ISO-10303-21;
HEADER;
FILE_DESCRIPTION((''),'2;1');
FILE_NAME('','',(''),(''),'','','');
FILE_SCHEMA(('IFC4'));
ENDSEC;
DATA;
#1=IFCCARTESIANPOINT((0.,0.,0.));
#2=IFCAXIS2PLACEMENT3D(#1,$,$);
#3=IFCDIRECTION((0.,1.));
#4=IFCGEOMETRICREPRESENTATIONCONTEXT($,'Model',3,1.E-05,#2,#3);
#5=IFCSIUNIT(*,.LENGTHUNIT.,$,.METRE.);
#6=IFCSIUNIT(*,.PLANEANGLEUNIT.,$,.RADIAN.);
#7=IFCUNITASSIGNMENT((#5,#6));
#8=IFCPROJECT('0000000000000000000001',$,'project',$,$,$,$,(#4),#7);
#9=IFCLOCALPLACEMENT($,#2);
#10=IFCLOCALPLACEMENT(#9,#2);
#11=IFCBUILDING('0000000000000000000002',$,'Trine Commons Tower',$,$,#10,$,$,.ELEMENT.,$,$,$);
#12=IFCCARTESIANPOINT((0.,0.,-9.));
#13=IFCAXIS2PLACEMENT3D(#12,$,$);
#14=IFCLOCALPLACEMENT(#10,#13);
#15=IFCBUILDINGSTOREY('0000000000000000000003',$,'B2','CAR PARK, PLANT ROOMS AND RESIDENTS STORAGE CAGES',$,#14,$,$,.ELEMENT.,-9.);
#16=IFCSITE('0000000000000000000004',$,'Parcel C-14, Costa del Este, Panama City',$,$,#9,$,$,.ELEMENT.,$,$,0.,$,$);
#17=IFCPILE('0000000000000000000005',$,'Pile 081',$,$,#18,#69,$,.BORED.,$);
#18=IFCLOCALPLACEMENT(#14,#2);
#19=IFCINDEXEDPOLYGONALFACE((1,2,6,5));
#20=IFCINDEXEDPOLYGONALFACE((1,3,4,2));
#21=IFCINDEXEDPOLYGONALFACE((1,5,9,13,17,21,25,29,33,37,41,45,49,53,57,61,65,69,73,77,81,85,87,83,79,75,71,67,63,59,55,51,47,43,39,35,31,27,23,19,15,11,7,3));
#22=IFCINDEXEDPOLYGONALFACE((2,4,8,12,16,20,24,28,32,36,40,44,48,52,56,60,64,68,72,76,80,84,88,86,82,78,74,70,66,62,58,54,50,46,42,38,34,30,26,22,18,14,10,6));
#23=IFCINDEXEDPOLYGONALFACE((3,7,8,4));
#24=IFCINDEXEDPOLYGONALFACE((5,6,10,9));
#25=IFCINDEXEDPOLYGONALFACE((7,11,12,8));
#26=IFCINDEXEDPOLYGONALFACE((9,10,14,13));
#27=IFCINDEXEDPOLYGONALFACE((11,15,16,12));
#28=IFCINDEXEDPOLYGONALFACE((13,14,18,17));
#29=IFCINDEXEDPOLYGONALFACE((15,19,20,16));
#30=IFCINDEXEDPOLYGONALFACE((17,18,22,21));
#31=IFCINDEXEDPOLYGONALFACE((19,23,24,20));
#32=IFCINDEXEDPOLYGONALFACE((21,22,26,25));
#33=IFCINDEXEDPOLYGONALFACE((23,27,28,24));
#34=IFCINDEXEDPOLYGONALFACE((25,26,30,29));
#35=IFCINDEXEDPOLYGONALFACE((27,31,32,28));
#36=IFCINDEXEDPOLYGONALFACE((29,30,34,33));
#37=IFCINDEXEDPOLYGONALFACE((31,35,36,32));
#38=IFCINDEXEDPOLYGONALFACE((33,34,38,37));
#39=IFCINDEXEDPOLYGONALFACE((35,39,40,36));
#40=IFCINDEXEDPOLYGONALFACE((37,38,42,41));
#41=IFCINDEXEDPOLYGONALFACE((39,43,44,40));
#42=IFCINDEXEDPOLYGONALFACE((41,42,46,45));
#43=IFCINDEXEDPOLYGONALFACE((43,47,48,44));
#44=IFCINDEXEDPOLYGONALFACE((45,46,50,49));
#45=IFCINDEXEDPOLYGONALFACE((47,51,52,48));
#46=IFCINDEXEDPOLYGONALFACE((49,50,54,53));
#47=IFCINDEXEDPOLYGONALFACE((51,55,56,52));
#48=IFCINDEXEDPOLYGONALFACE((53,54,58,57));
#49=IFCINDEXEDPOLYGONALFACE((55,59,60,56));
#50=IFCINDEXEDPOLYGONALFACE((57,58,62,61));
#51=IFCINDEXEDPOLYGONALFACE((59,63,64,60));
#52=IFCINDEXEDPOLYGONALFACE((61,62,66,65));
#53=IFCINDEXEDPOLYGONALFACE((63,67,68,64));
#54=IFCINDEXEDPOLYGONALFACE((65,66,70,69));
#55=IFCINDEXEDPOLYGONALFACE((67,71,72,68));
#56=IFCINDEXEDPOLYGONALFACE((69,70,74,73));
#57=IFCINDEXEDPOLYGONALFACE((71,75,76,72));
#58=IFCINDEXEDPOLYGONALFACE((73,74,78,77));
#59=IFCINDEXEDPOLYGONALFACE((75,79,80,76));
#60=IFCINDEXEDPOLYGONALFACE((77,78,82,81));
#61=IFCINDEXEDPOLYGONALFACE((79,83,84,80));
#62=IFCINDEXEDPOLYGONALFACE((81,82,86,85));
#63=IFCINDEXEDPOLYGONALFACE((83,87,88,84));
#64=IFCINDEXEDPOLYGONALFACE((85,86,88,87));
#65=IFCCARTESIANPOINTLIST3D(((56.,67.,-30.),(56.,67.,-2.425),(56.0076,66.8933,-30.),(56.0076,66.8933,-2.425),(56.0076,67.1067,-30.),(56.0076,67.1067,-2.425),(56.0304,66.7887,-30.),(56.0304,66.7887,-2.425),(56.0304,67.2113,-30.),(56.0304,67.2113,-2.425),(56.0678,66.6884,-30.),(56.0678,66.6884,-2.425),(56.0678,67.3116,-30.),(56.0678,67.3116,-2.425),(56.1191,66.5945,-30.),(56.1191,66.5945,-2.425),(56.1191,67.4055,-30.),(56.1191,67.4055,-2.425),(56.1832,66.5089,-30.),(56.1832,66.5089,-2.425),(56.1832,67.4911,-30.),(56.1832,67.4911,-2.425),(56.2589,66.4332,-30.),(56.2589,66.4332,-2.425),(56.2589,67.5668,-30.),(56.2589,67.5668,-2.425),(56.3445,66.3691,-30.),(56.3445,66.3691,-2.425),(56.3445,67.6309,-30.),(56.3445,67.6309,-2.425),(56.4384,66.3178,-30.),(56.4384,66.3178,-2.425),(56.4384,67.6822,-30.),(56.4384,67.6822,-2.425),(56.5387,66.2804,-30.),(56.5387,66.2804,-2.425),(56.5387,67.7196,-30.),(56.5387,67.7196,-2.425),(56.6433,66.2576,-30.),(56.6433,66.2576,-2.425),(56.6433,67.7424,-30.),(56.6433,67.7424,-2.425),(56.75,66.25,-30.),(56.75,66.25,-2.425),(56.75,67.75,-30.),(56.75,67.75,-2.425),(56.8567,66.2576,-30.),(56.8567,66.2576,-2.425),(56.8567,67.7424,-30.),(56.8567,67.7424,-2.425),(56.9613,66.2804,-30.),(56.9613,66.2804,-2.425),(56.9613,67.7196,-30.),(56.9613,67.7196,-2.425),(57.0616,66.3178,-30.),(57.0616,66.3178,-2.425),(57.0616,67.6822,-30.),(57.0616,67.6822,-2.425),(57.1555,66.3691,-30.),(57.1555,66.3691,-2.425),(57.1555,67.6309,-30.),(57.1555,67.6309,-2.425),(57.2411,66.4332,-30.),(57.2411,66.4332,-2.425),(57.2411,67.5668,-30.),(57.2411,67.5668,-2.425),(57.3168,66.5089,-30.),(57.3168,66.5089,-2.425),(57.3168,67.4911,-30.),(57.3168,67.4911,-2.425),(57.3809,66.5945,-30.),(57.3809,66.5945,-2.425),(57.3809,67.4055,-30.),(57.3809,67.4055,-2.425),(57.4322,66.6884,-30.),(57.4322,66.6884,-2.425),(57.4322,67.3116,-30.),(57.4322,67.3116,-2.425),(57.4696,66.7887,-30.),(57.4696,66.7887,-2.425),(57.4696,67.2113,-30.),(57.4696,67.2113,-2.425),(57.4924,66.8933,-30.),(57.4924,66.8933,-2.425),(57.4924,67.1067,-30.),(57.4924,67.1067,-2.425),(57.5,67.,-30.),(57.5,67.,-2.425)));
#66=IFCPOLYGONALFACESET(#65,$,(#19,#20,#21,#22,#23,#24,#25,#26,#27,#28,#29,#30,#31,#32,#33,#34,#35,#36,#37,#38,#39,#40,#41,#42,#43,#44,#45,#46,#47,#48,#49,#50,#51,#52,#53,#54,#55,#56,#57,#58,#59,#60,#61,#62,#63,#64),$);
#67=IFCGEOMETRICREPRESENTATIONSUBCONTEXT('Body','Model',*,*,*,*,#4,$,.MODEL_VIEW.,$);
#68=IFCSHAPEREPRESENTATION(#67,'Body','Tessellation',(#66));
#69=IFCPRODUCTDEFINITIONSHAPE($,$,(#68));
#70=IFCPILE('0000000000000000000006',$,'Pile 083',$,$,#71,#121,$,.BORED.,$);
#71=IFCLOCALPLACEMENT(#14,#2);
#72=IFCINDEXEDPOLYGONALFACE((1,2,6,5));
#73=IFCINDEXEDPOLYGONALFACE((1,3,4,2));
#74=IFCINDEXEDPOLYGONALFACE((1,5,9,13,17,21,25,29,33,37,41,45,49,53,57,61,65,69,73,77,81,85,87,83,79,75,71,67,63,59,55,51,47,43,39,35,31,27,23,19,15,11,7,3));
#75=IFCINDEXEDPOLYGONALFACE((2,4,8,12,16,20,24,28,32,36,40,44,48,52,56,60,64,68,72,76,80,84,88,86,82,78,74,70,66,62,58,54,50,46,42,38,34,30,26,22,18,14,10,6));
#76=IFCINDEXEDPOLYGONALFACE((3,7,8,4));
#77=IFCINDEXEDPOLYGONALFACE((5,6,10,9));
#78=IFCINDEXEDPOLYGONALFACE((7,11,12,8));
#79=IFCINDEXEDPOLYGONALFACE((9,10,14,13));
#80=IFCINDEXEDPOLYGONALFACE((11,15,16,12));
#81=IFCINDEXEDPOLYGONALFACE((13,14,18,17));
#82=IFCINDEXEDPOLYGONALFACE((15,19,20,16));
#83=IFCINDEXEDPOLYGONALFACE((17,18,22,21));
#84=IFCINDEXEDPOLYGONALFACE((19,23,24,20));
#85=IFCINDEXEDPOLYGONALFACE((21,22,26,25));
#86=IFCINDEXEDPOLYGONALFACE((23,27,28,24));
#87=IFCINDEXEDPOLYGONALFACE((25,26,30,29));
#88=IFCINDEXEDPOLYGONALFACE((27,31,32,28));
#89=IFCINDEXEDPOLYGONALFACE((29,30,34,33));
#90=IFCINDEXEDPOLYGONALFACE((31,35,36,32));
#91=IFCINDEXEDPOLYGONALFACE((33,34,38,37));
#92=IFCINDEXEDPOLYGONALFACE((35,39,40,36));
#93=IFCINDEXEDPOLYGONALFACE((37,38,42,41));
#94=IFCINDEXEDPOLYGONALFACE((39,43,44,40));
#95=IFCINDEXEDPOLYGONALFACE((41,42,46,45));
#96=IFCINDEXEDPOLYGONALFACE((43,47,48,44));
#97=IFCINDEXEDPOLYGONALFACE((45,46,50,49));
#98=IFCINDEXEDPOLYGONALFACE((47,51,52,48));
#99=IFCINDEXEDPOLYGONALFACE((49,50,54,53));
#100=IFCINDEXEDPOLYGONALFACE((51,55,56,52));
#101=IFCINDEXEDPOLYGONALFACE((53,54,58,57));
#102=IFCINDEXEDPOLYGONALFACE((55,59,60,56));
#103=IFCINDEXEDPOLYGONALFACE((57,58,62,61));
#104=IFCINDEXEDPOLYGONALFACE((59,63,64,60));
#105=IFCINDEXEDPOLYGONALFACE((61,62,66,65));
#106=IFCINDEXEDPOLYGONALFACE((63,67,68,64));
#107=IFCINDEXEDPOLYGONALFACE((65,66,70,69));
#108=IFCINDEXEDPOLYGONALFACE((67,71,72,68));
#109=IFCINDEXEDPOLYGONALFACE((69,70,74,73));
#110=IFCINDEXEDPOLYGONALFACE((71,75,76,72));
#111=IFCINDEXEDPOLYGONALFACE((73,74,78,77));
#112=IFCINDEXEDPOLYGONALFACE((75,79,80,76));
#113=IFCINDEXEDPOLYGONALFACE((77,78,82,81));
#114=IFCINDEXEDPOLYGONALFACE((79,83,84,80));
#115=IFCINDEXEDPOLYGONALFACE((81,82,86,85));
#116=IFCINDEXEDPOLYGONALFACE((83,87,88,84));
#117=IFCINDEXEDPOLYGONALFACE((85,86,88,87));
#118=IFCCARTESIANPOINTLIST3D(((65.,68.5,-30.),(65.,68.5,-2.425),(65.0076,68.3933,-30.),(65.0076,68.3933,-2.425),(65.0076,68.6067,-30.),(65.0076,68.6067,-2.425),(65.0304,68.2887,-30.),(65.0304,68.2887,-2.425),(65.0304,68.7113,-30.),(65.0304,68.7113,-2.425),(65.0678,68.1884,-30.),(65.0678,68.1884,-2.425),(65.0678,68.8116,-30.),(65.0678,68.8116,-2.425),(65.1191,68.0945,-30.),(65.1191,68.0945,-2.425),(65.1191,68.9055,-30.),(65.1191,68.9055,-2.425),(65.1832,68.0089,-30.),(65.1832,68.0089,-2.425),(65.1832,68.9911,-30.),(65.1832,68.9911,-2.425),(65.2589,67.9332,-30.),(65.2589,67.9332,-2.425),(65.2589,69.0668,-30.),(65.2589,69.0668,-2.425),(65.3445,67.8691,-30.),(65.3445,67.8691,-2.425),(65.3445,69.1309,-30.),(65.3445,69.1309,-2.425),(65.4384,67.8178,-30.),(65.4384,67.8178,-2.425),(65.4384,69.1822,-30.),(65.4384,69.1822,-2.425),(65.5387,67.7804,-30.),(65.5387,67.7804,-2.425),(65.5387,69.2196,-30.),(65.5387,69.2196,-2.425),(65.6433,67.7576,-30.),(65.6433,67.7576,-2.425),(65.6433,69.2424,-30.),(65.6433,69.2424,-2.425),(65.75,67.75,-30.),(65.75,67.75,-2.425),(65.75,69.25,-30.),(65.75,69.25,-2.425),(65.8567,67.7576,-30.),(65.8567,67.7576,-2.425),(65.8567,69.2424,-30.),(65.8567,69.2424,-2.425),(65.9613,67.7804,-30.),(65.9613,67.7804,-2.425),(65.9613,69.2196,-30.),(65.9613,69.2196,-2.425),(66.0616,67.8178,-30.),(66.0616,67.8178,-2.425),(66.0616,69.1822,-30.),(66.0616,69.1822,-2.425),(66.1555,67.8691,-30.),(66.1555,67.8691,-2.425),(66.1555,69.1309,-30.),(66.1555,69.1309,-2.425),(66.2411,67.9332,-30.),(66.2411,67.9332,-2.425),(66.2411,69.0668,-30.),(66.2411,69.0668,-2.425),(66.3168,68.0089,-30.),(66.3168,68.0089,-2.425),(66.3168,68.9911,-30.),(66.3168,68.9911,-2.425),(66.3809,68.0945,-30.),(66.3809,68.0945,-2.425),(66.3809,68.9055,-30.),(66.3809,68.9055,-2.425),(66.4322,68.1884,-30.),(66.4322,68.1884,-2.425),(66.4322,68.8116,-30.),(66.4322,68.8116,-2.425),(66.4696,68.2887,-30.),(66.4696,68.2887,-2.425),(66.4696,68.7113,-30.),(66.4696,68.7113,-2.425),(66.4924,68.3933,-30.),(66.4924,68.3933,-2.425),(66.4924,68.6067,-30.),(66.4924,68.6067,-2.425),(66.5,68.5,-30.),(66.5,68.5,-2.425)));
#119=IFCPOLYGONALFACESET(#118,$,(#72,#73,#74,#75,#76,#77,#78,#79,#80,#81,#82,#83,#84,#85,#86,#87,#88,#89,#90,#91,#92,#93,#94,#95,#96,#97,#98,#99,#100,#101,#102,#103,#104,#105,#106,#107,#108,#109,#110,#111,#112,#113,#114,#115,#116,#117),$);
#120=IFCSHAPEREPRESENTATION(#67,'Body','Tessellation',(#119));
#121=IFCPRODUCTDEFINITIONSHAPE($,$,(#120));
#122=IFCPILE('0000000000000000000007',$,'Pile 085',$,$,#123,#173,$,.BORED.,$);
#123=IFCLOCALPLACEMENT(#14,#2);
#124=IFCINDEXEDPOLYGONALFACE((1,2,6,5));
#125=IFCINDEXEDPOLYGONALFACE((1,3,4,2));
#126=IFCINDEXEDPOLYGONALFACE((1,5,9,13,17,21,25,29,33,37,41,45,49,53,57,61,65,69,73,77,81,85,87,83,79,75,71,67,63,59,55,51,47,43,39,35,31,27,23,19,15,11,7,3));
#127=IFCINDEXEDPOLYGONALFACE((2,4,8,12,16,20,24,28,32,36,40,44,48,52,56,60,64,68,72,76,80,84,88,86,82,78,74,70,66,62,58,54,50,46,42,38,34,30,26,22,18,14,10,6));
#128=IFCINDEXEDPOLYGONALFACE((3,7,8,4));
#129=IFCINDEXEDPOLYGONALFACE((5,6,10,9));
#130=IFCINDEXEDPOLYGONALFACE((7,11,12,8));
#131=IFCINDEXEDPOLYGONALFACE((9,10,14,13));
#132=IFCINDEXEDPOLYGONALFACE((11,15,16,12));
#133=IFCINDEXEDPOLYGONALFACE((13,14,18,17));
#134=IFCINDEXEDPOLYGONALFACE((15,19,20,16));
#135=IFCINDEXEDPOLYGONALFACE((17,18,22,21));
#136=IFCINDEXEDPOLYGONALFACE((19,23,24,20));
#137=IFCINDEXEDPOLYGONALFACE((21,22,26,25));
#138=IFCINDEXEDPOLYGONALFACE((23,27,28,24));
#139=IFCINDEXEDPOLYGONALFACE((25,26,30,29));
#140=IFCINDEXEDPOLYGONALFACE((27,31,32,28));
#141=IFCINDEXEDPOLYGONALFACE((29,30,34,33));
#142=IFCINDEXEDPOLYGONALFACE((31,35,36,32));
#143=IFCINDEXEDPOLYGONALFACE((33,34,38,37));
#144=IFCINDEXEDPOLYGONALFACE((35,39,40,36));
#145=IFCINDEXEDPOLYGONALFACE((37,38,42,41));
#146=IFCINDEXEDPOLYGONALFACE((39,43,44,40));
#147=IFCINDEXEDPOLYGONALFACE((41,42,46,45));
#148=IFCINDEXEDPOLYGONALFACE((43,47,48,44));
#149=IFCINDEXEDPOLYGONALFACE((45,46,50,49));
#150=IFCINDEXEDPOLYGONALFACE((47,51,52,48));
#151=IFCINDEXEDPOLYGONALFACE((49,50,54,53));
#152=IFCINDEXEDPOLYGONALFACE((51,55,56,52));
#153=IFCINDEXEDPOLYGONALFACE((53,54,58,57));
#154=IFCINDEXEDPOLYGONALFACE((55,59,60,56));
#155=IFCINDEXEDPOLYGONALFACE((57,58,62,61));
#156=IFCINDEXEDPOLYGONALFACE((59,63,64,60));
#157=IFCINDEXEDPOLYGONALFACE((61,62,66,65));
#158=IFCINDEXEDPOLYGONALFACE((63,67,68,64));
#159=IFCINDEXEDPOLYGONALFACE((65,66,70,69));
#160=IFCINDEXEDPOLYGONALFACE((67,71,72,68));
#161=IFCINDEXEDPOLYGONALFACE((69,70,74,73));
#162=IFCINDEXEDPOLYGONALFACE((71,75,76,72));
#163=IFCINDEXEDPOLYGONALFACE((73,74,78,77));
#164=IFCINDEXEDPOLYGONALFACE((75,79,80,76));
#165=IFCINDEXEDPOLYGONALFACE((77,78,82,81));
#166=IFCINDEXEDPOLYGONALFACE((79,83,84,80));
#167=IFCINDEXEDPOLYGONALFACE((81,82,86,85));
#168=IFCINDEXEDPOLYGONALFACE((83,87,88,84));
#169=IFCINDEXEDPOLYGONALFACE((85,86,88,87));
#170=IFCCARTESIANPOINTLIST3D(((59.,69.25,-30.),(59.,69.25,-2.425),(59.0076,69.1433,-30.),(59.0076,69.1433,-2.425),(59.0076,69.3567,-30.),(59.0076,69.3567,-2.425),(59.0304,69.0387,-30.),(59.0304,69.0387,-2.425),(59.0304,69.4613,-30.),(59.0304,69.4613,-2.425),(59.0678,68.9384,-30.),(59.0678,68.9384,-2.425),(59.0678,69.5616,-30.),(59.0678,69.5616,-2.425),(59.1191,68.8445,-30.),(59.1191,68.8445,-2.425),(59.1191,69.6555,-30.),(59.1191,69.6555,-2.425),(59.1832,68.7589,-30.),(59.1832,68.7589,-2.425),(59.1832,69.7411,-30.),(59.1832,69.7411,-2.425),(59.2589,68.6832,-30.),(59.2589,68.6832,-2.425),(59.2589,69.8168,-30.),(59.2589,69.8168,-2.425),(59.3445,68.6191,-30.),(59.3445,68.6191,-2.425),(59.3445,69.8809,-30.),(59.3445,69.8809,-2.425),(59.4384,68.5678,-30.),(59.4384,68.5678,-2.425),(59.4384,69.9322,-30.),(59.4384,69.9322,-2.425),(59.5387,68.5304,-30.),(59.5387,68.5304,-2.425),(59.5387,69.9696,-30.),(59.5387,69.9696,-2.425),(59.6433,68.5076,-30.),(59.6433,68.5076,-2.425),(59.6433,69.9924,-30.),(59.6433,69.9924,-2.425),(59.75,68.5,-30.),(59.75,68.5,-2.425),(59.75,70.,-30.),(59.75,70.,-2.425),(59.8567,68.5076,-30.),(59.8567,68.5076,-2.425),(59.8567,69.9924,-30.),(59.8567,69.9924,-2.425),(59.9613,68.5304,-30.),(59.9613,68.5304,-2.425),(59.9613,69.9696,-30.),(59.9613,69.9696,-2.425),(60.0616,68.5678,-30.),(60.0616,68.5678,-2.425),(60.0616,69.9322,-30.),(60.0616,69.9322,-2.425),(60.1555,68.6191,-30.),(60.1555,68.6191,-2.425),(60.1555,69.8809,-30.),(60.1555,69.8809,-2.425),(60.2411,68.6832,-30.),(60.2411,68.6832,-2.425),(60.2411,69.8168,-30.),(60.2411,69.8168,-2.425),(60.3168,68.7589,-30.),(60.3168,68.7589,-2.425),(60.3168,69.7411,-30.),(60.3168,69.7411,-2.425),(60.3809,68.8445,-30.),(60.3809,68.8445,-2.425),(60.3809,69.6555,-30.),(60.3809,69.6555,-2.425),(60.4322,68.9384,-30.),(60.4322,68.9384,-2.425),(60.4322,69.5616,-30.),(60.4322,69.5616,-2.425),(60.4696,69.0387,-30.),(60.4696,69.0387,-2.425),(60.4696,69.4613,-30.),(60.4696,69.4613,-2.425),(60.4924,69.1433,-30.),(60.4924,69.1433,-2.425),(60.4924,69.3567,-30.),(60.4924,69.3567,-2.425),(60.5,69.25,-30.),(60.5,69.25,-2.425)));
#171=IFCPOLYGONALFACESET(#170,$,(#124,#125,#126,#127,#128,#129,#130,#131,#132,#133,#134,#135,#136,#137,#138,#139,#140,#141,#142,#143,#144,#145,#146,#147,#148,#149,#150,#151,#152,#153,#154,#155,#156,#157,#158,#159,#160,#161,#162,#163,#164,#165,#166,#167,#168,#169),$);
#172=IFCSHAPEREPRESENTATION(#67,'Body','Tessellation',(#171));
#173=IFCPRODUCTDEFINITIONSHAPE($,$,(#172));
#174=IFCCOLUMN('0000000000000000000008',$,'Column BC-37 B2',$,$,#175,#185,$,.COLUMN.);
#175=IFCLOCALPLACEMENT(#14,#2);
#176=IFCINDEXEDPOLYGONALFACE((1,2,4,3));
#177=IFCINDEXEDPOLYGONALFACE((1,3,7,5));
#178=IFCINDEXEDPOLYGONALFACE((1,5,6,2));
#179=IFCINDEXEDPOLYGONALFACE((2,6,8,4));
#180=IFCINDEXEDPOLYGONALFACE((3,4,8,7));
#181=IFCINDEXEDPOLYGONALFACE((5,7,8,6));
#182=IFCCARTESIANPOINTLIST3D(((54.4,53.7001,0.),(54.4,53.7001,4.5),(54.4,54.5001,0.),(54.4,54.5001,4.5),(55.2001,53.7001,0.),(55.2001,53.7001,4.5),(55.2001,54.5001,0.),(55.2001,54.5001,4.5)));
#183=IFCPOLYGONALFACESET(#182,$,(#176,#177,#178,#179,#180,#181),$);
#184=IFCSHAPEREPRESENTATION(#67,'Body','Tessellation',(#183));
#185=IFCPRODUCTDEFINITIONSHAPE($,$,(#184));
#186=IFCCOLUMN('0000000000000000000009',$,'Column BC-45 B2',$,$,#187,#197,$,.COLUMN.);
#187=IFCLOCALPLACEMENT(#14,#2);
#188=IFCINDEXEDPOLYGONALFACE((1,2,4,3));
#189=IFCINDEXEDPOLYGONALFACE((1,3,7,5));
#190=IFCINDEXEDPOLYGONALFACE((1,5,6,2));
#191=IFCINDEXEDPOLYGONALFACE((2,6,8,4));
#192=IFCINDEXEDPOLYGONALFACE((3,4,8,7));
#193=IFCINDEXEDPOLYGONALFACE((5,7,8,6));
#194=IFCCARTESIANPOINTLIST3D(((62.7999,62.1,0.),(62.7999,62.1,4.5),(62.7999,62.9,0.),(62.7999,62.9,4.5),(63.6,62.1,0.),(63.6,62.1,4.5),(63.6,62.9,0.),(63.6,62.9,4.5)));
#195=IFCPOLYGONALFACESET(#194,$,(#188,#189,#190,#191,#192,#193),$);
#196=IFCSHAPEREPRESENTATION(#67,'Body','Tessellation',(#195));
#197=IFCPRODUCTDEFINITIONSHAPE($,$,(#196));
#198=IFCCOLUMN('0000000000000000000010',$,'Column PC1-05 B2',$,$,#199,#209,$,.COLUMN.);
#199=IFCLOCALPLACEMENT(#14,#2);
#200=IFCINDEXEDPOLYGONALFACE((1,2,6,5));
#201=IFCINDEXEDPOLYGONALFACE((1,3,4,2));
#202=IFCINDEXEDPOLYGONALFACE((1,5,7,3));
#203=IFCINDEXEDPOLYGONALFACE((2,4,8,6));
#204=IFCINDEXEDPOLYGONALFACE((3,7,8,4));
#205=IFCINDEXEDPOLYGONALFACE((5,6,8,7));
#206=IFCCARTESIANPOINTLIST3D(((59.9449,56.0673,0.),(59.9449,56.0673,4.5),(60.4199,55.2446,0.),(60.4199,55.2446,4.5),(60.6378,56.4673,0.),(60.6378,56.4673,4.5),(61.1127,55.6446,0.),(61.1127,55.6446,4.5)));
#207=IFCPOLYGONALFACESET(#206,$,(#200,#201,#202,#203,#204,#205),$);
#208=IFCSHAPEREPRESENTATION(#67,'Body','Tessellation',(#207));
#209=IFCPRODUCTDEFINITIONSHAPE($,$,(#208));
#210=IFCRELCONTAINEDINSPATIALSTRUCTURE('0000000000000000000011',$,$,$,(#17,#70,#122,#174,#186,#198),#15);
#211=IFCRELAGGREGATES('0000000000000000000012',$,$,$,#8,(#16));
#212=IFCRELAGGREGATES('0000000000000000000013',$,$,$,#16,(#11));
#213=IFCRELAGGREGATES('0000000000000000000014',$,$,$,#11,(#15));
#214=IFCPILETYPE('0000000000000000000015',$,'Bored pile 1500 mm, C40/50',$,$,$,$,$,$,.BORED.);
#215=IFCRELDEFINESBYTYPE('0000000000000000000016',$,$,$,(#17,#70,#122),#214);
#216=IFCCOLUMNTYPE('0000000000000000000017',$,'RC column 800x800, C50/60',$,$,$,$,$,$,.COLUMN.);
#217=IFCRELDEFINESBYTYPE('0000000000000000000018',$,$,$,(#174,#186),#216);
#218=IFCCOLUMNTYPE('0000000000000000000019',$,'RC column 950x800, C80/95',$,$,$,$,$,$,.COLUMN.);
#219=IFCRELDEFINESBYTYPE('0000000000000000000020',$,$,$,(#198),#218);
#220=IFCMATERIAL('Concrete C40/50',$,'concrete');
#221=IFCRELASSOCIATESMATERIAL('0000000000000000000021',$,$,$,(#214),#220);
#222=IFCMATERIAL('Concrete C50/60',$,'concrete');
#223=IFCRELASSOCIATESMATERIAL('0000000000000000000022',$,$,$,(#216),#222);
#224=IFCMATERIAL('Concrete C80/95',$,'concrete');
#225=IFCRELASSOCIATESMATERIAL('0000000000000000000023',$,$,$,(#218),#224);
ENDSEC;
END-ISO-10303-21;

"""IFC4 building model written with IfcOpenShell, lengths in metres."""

from ifc_helpers import new_model, si_unit, direction, frame, origin, origin_2d, place, context, subcontext, project, spatial, rectangle, circle, extrude, material, material_profile, profile_set, type_object, element, save


model = new_model("IFC4")

# Units and contexts
model_context = context("Model", 3, precision=1e-05, world=origin(), true_north=direction((0.0, 1.0)))
body_context = subcontext(model_context, "Body", "Model", "MODEL_VIEW")
ifc_project = project(units=[si_unit("LENGTHUNIT", "METRE"), si_unit("PLANEANGLEUNIT", "RADIAN")], contexts=[model_context])

# Site, building, storey
site_placement = place(None, origin())
site = spatial("IfcSite", under=ifc_project, at=site_placement, Name="Parcel C-14, Costa del Este, Panama City", CompositionType="ELEMENT", RefElevation=0.0)
building_placement = place(site_placement, origin())
building = spatial("IfcBuilding", under=site, at=building_placement, Name="Trine Commons Tower", CompositionType="ELEMENT")
storey_placement = place(building_placement, frame((0.0, 0.0, -9.0)))
storey = spatial("IfcBuildingStorey", under=building, at=storey_placement, Name="B2", Description="CAR PARK, PLANT ROOMS AND RESIDENTS STORAGE CAGES", CompositionType="ELEMENT", Elevation=-9.0)

# Piles
ifc_material_1 = material(Name="Concrete C40/50", Category="concrete")
pile_type_1 = type_object("IfcPileType", Name="Bored pile 1500 mm, C40/50", PredefinedType="BORED", material=ifc_material_1)
for number, where, z_axis, x_axis, name in (
    (1, (56.75, 67.0, -2.425), (0.0, 0.0, -1.0), (1.0, 0.0, 0.0), "Pile 081"),
    (2, (65.75, 68.5, -2.425), (0.0, 0.0, -1.0), (1.0, 0.0, 0.0), "Pile 083"),
    (3, (59.75, 69.25, -2.425), (0.0, 0.0, -1.0), (1.0, 0.0, 0.0), "Pile 085"),
):
    element("IfcPile", number, at=place(storey_placement, frame(where, z_axis=z_axis, x_axis=x_axis)), inside=storey, type_object=pile_type_1, Name=name, PredefinedType="BORED", context=body_context, shape_type="SweptSolid", body=[
        extrude(circle(Radius=0.75, at=origin_2d()), origin(), (0.0, 0.0, 1.0), 27.575),
    ])

# Columns
ifc_material_2 = material(Name="Concrete C50/60", Category="concrete")
ifc_material_profile_1 = material_profile(ifc_material_2, rectangle(XDim=0.8, YDim=0.8, at=origin_2d()), Name="RC 800x800")
ifc_profile_set_1 = profile_set([ifc_material_profile_1], Name="Concrete C50/60")
column_type_1 = type_object("IfcColumnType", Name="RC column 800x800, C50/60", PredefinedType="COLUMN", material=ifc_profile_set_1)
for number, where, z_axis, x_axis, name in (
    (4, (54.8, 54.1001, 0.0), (0.0, 0.0, 1.0), (1.0, 0.0, 0.0), "Column BC-37 B2"),
    (5, (63.2, 62.5, 0.0), (0.0, 0.0, 1.0), (1.0, 0.0, 0.0), "Column BC-45 B2"),
):
    element("IfcColumn", number, at=place(storey_placement, frame(where, z_axis=z_axis, x_axis=x_axis)), inside=storey, type_object=column_type_1, Name=name, PredefinedType="COLUMN", context=body_context, shape_type="SweptSolid", body=[
        extrude(rectangle(XDim=0.8, YDim=0.8, at=origin_2d()), origin(), (0.0, 0.0, 1.0), 4.5),
    ])
ifc_material_3 = material(Name="Concrete C80/95", Category="concrete")
ifc_material_profile_2 = material_profile(ifc_material_3, rectangle(XDim=0.95, YDim=0.8, at=origin_2d()), Name="RC 950x800")
ifc_profile_set_2 = profile_set([ifc_material_profile_2], Name="Concrete C80/95")
column_type_2 = type_object("IfcColumnType", Name="RC column 950x800, C80/95", PredefinedType="COLUMN", material=ifc_profile_set_2)
for number, where, z_axis, x_axis, name in (
    (6, (60.5288, 55.856, 0.0), (0.0, 0.0, 1.0), (-0.5, 0.866025, 0.0), "Column PC1-05 B2"),
):
    element("IfcColumn", number, at=place(storey_placement, frame(where, z_axis=z_axis, x_axis=x_axis)), inside=storey, type_object=column_type_2, Name=name, PredefinedType="COLUMN", context=body_context, shape_type="SweptSolid", body=[
        extrude(rectangle(XDim=0.95, YDim=0.8, at=origin_2d()), origin(), (0.0, 0.0, 1.0), 4.5),
    ])

save(model, "model.ifc")
